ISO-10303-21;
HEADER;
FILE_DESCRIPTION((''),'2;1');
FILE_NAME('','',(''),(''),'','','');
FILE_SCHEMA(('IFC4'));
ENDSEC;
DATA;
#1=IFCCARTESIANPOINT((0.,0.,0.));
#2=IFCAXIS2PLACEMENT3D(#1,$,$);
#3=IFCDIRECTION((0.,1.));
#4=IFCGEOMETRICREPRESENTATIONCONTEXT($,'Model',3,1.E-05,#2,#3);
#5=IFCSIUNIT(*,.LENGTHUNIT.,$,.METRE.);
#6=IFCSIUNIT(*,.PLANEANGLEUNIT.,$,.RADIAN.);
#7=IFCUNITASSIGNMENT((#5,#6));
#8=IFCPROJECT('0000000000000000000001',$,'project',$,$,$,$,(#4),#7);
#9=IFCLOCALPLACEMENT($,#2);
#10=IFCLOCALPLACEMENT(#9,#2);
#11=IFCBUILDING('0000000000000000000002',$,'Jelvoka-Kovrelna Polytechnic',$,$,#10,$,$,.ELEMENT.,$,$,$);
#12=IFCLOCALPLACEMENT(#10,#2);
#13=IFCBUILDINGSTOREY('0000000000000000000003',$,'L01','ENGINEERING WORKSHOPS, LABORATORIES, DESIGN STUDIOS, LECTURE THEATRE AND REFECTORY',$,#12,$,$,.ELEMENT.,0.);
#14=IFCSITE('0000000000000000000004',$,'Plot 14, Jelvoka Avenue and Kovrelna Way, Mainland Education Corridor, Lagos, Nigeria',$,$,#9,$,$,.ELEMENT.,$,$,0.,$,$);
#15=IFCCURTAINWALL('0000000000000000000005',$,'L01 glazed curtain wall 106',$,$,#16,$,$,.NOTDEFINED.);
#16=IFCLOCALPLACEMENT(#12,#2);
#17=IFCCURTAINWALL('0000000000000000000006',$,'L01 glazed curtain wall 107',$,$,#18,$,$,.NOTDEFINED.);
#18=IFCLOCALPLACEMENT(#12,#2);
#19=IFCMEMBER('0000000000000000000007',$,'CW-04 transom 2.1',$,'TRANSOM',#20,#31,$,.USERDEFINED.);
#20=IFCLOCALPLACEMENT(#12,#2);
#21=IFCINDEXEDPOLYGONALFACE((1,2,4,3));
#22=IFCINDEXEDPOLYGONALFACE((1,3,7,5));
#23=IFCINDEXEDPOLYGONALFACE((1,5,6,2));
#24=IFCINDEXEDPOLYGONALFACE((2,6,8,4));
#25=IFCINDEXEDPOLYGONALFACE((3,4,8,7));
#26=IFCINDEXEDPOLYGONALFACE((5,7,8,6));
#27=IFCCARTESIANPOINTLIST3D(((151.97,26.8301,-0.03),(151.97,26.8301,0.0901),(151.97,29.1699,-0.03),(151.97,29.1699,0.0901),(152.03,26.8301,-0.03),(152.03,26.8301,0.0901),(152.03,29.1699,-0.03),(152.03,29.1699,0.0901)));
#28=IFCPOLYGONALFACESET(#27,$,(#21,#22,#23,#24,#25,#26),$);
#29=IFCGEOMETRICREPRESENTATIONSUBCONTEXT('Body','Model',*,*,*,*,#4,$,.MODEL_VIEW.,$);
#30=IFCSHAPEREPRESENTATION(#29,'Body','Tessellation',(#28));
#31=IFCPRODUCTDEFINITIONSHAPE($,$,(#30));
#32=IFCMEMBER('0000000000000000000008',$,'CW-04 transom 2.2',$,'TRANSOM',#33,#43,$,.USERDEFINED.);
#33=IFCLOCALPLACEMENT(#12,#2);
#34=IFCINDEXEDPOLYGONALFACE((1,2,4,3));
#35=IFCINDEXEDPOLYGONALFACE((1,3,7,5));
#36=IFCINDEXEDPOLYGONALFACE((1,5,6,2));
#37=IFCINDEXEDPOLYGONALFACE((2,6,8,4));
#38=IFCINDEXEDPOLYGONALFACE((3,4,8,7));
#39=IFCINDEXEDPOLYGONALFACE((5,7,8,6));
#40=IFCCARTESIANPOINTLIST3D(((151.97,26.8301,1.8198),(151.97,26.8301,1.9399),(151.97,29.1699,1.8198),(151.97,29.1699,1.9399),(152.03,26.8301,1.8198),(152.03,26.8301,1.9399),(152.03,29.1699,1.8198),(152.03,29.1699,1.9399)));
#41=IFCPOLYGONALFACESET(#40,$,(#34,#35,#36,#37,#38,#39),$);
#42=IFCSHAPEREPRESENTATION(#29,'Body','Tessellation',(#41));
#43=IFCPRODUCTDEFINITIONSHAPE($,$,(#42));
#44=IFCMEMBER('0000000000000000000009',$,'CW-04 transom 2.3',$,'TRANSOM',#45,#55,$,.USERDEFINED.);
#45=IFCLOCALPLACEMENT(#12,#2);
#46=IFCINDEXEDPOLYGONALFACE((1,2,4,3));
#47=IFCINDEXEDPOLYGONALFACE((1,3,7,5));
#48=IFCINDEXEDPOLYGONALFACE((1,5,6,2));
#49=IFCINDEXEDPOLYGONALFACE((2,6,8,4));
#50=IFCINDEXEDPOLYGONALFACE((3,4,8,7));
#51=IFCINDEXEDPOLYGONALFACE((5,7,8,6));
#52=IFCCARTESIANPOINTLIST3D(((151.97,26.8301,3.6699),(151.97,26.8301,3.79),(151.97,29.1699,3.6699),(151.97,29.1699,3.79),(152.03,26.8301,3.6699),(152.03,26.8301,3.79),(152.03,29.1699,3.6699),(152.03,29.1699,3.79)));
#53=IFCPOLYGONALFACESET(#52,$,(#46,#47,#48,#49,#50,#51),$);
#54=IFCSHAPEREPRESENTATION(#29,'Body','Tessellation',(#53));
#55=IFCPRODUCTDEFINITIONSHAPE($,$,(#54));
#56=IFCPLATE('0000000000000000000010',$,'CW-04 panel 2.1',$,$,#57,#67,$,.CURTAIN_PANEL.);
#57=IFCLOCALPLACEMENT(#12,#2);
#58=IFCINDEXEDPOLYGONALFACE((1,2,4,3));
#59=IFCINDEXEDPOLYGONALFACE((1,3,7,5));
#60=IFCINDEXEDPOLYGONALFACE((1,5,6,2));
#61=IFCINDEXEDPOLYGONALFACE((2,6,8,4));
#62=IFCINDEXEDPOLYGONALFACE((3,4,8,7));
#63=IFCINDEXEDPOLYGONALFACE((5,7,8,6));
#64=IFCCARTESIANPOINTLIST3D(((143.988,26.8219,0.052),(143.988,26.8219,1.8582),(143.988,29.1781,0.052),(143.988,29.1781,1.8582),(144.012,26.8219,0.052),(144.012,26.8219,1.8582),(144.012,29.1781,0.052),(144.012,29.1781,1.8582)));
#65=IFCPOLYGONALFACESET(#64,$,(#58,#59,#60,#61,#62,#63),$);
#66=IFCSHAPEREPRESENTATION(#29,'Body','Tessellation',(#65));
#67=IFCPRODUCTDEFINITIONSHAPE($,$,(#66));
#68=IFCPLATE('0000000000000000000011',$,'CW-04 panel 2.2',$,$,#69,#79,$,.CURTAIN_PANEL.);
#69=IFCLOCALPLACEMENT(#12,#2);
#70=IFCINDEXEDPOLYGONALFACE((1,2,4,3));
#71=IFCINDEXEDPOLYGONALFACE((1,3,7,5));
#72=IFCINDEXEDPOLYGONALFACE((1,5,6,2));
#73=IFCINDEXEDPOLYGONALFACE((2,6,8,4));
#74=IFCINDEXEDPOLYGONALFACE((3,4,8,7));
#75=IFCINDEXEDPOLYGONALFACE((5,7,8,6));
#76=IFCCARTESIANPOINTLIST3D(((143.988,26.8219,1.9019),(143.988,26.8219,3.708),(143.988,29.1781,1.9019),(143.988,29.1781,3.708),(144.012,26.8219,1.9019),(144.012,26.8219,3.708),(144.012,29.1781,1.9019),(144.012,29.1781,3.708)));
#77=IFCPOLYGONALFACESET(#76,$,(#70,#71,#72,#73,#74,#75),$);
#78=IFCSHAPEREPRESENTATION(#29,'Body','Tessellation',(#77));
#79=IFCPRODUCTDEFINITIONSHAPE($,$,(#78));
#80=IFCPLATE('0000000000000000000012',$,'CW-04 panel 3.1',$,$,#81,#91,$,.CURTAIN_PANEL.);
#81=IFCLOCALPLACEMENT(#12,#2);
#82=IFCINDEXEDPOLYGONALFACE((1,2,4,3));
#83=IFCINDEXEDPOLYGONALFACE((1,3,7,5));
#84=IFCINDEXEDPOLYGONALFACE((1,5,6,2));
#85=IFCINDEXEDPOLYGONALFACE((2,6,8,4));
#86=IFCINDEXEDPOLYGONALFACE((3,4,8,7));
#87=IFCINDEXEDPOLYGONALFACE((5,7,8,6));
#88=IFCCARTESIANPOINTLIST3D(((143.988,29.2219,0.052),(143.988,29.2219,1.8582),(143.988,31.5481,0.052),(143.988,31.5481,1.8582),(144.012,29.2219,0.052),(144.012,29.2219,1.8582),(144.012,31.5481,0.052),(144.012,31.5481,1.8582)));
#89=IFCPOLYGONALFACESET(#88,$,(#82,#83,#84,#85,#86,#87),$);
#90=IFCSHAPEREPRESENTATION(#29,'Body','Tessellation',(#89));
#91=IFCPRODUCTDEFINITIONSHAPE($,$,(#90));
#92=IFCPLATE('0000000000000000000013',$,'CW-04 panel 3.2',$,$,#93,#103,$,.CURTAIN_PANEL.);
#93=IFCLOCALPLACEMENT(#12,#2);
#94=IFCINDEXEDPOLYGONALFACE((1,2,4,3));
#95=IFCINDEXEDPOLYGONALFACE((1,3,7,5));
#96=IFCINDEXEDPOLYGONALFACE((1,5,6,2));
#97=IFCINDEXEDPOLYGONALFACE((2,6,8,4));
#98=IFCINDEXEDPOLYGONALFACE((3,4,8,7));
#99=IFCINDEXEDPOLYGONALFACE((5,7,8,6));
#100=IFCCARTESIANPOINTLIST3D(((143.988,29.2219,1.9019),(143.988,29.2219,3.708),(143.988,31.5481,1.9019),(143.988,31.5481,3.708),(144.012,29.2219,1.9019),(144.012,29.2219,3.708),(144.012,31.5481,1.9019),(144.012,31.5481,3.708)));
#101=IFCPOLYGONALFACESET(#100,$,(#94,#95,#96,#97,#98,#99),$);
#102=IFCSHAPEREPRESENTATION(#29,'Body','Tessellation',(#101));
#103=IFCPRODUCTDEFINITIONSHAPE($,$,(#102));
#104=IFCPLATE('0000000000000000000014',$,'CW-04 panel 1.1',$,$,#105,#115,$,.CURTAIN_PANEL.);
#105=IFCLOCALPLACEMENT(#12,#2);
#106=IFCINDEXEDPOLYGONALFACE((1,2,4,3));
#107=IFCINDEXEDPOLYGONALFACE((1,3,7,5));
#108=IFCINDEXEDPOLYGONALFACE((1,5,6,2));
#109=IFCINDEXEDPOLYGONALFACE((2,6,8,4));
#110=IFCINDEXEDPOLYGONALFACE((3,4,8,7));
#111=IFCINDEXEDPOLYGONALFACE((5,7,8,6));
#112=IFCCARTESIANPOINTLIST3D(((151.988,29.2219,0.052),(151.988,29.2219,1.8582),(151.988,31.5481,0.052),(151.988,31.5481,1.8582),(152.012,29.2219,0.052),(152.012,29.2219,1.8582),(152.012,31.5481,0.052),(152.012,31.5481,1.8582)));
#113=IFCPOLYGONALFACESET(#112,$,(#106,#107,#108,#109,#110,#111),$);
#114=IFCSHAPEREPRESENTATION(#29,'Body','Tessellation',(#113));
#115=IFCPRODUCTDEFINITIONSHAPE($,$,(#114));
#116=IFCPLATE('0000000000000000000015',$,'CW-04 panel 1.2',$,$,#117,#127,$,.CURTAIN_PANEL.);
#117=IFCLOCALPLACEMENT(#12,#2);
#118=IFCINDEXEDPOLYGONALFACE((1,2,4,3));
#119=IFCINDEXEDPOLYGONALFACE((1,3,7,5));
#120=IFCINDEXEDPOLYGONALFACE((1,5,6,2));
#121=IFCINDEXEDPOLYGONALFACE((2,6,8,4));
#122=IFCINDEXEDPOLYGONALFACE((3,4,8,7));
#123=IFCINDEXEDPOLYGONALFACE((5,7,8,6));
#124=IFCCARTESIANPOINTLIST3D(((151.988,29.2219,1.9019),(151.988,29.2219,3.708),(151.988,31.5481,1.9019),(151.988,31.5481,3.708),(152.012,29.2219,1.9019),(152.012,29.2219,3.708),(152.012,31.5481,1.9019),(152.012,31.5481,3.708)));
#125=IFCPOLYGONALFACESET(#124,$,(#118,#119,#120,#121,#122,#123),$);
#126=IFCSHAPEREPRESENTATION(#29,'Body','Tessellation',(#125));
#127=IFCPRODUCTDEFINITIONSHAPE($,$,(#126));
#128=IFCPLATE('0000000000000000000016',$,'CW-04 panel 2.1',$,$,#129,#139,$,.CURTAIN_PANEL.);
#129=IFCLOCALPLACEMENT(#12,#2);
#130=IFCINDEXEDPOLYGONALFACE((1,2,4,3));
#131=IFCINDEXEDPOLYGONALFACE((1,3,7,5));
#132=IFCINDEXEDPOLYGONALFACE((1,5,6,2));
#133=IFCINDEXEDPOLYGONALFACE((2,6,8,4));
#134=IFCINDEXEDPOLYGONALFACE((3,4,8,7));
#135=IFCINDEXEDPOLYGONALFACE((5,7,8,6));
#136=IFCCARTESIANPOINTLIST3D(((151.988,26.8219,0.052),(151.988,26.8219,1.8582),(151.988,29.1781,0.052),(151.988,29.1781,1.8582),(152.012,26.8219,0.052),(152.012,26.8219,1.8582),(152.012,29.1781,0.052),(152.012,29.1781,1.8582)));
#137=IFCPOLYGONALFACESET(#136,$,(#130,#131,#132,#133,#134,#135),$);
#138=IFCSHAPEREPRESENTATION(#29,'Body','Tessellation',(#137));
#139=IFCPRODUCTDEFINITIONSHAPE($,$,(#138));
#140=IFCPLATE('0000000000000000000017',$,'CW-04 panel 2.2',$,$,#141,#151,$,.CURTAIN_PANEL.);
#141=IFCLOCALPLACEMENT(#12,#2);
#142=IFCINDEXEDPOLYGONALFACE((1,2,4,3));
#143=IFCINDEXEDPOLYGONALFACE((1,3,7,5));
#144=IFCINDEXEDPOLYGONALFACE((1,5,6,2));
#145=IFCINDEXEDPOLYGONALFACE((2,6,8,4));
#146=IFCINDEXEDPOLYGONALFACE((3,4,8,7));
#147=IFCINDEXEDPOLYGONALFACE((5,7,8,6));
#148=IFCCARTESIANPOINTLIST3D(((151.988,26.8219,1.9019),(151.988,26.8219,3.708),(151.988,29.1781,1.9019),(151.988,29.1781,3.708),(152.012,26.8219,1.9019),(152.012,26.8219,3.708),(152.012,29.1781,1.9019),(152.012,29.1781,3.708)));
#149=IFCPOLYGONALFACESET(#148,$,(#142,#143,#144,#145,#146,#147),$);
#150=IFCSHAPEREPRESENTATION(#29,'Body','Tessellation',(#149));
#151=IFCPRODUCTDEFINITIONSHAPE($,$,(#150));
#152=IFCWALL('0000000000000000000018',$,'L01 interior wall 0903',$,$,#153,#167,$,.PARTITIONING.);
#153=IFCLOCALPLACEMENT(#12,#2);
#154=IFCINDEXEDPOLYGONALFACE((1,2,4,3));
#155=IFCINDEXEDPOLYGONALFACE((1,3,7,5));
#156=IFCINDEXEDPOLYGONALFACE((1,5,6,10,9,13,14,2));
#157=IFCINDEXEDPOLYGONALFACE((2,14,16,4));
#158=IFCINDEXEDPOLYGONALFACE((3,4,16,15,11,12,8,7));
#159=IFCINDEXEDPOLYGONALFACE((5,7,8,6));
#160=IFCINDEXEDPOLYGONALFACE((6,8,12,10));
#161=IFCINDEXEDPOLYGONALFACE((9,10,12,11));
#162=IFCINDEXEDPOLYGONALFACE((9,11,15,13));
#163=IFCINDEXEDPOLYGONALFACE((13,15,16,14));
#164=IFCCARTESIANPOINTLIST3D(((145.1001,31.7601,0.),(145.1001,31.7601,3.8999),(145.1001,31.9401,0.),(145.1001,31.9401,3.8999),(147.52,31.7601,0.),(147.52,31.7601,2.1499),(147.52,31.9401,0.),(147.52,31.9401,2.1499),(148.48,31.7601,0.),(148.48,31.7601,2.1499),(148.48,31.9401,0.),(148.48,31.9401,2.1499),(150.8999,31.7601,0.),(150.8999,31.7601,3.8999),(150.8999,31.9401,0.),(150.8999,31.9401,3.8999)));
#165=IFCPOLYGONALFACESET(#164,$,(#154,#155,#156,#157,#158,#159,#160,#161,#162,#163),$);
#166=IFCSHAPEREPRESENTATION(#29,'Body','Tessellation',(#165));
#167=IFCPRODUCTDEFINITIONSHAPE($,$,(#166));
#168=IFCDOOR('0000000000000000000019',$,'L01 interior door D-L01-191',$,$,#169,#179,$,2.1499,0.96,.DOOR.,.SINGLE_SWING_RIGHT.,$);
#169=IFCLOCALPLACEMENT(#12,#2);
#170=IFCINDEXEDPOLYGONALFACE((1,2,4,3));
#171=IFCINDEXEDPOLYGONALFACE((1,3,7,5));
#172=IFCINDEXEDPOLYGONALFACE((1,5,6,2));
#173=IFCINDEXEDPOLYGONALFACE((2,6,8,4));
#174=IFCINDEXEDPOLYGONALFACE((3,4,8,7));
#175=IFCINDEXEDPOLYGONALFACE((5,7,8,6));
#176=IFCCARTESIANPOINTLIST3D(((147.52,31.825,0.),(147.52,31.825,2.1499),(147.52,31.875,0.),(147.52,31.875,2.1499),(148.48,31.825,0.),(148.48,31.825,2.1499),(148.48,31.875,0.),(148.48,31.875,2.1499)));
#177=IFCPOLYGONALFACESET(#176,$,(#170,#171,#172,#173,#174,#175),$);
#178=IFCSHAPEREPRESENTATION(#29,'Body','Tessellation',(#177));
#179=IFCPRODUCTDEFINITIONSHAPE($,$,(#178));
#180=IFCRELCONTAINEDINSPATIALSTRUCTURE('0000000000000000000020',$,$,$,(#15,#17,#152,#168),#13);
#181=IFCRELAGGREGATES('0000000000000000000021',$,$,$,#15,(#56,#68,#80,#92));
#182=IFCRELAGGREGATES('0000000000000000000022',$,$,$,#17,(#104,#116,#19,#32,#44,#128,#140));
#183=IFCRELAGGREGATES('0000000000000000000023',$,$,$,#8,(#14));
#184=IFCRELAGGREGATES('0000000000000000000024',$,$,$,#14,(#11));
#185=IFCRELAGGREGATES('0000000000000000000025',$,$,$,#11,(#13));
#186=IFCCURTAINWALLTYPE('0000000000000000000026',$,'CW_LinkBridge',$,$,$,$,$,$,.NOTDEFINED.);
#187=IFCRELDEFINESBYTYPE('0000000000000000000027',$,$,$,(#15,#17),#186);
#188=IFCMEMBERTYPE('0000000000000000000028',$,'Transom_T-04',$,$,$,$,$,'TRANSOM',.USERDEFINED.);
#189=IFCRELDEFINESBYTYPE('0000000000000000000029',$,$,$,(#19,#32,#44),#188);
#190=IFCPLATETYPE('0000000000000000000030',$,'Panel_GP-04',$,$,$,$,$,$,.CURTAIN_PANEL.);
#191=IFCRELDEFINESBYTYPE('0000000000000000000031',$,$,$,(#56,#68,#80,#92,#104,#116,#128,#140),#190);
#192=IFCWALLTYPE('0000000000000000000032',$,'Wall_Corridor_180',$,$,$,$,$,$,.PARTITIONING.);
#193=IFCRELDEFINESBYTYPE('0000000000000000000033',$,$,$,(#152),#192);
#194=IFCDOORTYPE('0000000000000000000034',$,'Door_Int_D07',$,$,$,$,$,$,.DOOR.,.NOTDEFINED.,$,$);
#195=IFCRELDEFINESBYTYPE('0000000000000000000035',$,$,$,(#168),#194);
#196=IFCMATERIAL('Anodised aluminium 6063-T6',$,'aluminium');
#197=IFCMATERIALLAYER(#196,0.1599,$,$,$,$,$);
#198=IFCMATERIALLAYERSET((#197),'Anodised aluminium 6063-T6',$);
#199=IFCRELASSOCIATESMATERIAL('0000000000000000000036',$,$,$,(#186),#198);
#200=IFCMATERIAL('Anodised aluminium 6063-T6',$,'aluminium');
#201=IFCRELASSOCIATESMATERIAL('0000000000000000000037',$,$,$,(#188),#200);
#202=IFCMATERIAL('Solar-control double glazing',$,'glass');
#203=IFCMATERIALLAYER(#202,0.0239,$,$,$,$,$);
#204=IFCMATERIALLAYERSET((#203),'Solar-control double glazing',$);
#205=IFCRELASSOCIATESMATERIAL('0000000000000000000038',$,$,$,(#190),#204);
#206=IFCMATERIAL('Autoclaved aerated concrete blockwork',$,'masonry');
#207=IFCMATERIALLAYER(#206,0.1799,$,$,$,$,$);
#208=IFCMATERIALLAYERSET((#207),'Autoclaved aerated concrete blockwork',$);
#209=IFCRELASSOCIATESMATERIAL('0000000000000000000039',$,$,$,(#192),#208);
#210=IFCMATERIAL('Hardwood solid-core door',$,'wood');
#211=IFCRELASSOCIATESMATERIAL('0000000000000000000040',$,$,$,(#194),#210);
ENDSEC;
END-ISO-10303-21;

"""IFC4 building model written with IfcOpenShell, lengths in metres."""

from ifc_helpers import new_model, si_unit, direction, frame, frame_2d, origin, origin_2d, place, context, subcontext, project, spatial, rectangle, extrude, material, layer, layer_set, material_profile, profile_set, type_object, element, fill, aggregate, save


model = new_model("IFC4")

# Units and contexts
model_context = context("Model", 3, precision=1e-05, world=origin(), true_north=direction((0.0, 1.0)))
body_context = subcontext(model_context, "Body", "Model", "MODEL_VIEW")
ifc_project = project(units=[si_unit("LENGTHUNIT", "METRE"), si_unit("PLANEANGLEUNIT", "RADIAN")], contexts=[model_context])

# Site, building, storey
site_placement = place(None, origin())
site = spatial("IfcSite", under=ifc_project, at=site_placement, Name="Plot 14, Jelvoka Avenue and Kovrelna Way, Mainland Education Corridor, Lagos, Nigeria", CompositionType="ELEMENT", RefElevation=0.0)
building_placement = place(site_placement, origin())
building = spatial("IfcBuilding", under=site, at=building_placement, Name="Jelvoka-Kovrelna Polytechnic", CompositionType="ELEMENT")
storey_placement = place(building_placement, origin())
storey = spatial("IfcBuildingStorey", under=building, at=storey_placement, Name="L01", Description="ENGINEERING WORKSHOPS, LABORATORIES, DESIGN STUDIOS, LECTURE THEATRE AND REFECTORY", CompositionType="ELEMENT", Elevation=0.0)

# Curtain walls
ifc_material_1 = material(Name="Anodised aluminium 6063-T6", Category="aluminium")
ifc_layer_1 = layer(ifc_material_1, 0.1599)
ifc_layer_set_1 = layer_set([ifc_layer_1], Name="Anodised aluminium 6063-T6")
curtain_wall_type = type_object("IfcCurtainWallType", Name="CW_LinkBridge", PredefinedType="NOTDEFINED", material=ifc_layer_set_1)
curtain_wall_1_placement = place(storey_placement, origin())
curtain_wall_1 = element("IfcCurtainWall", 1, at=curtain_wall_1_placement, inside=storey, type_object=curtain_wall_type, Name="L01 glazed curtain wall 106", PredefinedType="NOTDEFINED")
curtain_wall_2_placement = place(storey_placement, origin())
curtain_wall_2 = element("IfcCurtainWall", 2, at=curtain_wall_2_placement, inside=storey, type_object=curtain_wall_type, Name="L01 glazed curtain wall 107", PredefinedType="NOTDEFINED")

# Members
ifc_material_2 = material(Name="Anodised aluminium 6063-T6", Category="aluminium")
ifc_material_profile_1 = material_profile(ifc_material_2, rectangle(XDim=0.0601, YDim=0.1201, at=origin_2d()), Name="ALU 60x120")
ifc_profile_set_1 = profile_set([ifc_material_profile_1], Name="Anodised aluminium 6063-T6")
member_type_1 = type_object("IfcMemberType", Name="Transom_T-04", ElementType="TRANSOM", PredefinedType="USERDEFINED", material=ifc_profile_set_1)
member_1_placement = place(storey_placement, frame((152.0, 29.1699, 0.03), z_axis=(0.0, -1.0, 0.0), x_axis=(1.0, 0.0, 0.0)))
member_1 = element("IfcMember", 3, at=member_1_placement, type_object=member_type_1, Name="CW-04 transom 2.1", ObjectType="TRANSOM", PredefinedType="USERDEFINED", context=body_context, shape_type="SweptSolid", body=[
    extrude(rectangle(XDim=0.0601, YDim=0.1201, at=origin_2d()), origin(), (0.0, 0.0, 1.0), 2.3398),
])
member_2_placement = place(storey_placement, frame((152.0, 29.1699, 1.8799), z_axis=(0.0, -1.0, 0.0), x_axis=(1.0, 0.0, 0.0)))
member_2 = element("IfcMember", 4, at=member_2_placement, type_object=member_type_1, Name="CW-04 transom 2.2", ObjectType="TRANSOM", PredefinedType="USERDEFINED", context=body_context, shape_type="SweptSolid", body=[
    extrude(rectangle(XDim=0.0601, YDim=0.1201, at=origin_2d()), origin(), (0.0, 0.0, 1.0), 2.3398),
])
member_3_placement = place(storey_placement, frame((152.0, 29.1699, 3.73), z_axis=(0.0, -1.0, 0.0), x_axis=(1.0, 0.0, 0.0)))
member_3 = element("IfcMember", 5, at=member_3_placement, type_object=member_type_1, Name="CW-04 transom 2.3", ObjectType="TRANSOM", PredefinedType="USERDEFINED", context=body_context, shape_type="SweptSolid", body=[
    extrude(rectangle(XDim=0.0601, YDim=0.1201, at=origin_2d()), origin(), (0.0, 0.0, 1.0), 2.3398),
])

# Plates
ifc_material_3 = material(Name="Solar-control double glazing", Category="glass")
ifc_layer_2 = layer(ifc_material_3, 0.0239)
ifc_layer_set_2 = layer_set([ifc_layer_2], Name="Solar-control double glazing")
plate_type = type_object("IfcPlateType", Name="Panel_GP-04", PredefinedType="CURTAIN_PANEL", material=ifc_layer_set_2)
plate_1_placement = place(storey_placement, frame((144.0, 28.0, 0.052), z_axis=(0.0, 0.0, 1.0), x_axis=(0.0, 1.0, 0.0)))
plate_1 = element("IfcPlate", 6, at=plate_1_placement, type_object=plate_type, Name="CW-04 panel 2.1", PredefinedType="CURTAIN_PANEL", context=body_context, shape_type="SweptSolid", body=[
    extrude(rectangle(XDim=2.3562, YDim=0.0239, at=origin_2d()), origin(), (0.0, 0.0, 1.0), 1.8062),
])
plate_2_placement = place(storey_placement, frame((144.0, 28.0, 1.9019), z_axis=(0.0, 0.0, 1.0), x_axis=(0.0, 1.0, 0.0)))
plate_2 = element("IfcPlate", 7, at=plate_2_placement, type_object=plate_type, Name="CW-04 panel 2.2", PredefinedType="CURTAIN_PANEL", context=body_context, shape_type="SweptSolid", body=[
    extrude(rectangle(XDim=2.3562, YDim=0.0239, at=origin_2d()), origin(), (0.0, 0.0, 1.0), 1.8062),
])
plate_3_placement = place(storey_placement, frame((144.0, 30.385, 0.052), z_axis=(0.0, 0.0, 1.0), x_axis=(0.0, 1.0, 0.0)))
plate_3 = element("IfcPlate", 8, at=plate_3_placement, type_object=plate_type, Name="CW-04 panel 3.1", PredefinedType="CURTAIN_PANEL", context=body_context, shape_type="SweptSolid", body=[
    extrude(rectangle(XDim=2.3262, YDim=0.0239, at=origin_2d()), origin(), (0.0, 0.0, 1.0), 1.8062),
])
plate_4_placement = place(storey_placement, frame((144.0, 30.385, 1.9019), z_axis=(0.0, 0.0, 1.0), x_axis=(0.0, 1.0, 0.0)))
plate_4 = element("IfcPlate", 9, at=plate_4_placement, type_object=plate_type, Name="CW-04 panel 3.2", PredefinedType="CURTAIN_PANEL", context=body_context, shape_type="SweptSolid", body=[
    extrude(rectangle(XDim=2.3262, YDim=0.0239, at=origin_2d()), origin(), (0.0, 0.0, 1.0), 1.8062),
])
aggregate(curtain_wall_1, [plate_1, plate_2, plate_3, plate_4])
plate_5_placement = place(storey_placement, frame((152.0, 30.385, 0.052), z_axis=(0.0, 0.0, 1.0), x_axis=(0.0, -1.0, 0.0)))
plate_5 = element("IfcPlate", 10, at=plate_5_placement, type_object=plate_type, Name="CW-04 panel 1.1", PredefinedType="CURTAIN_PANEL", context=body_context, shape_type="SweptSolid", body=[
    extrude(rectangle(XDim=2.3262, YDim=0.0239, at=origin_2d()), origin(), (0.0, 0.0, 1.0), 1.8062),
])
plate_6_placement = place(storey_placement, frame((152.0, 30.385, 1.9019), z_axis=(0.0, 0.0, 1.0), x_axis=(0.0, -1.0, 0.0)))
plate_6 = element("IfcPlate", 11, at=plate_6_placement, type_object=plate_type, Name="CW-04 panel 1.2", PredefinedType="CURTAIN_PANEL", context=body_context, shape_type="SweptSolid", body=[
    extrude(rectangle(XDim=2.3262, YDim=0.0239, at=origin_2d()), origin(), (0.0, 0.0, 1.0), 1.8062),
])
plate_7_placement = place(storey_placement, frame((152.0, 28.0, 0.052), z_axis=(0.0, 0.0, 1.0), x_axis=(0.0, -1.0, 0.0)))
plate_7 = element("IfcPlate", 12, at=plate_7_placement, type_object=plate_type, Name="CW-04 panel 2.1", PredefinedType="CURTAIN_PANEL", context=body_context, shape_type="SweptSolid", body=[
    extrude(rectangle(XDim=2.3562, YDim=0.0239, at=origin_2d()), origin(), (0.0, 0.0, 1.0), 1.8062),
])
plate_8_placement = place(storey_placement, frame((152.0, 28.0, 1.9019), z_axis=(0.0, 0.0, 1.0), x_axis=(0.0, -1.0, 0.0)))
plate_8 = element("IfcPlate", 13, at=plate_8_placement, type_object=plate_type, Name="CW-04 panel 2.2", PredefinedType="CURTAIN_PANEL", context=body_context, shape_type="SweptSolid", body=[
    extrude(rectangle(XDim=2.3562, YDim=0.0239, at=origin_2d()), origin(), (0.0, 0.0, 1.0), 1.8062),
])
aggregate(curtain_wall_2, [plate_5, plate_6, member_1, member_2, member_3, plate_7, plate_8])

# Wall, opening, door
ifc_material_4 = material(Name="Autoclaved aerated concrete blockwork", Category="masonry")
ifc_layer_3 = layer(ifc_material_4, 0.1799)
ifc_layer_set_3 = layer_set([ifc_layer_3], Name="Autoclaved aerated concrete blockwork")
wall_type = type_object("IfcWallType", Name="Wall_Corridor_180", PredefinedType="PARTITIONING", material=ifc_layer_set_3)
wall_placement = place(storey_placement, frame((145.1001, 31.8501, 0.0), z_axis=(0.0, 0.0, 1.0), x_axis=(1.0, 0.0, 0.0)))
wall = element("IfcWall", 14, at=wall_placement, inside=storey, type_object=wall_type, Name="L01 interior wall 0903", PredefinedType="PARTITIONING", context=body_context, shape_type="SweptSolid", body=[
    extrude(rectangle(XDim=5.7998, YDim=0.1799, at=frame_2d((2.8999, 0.0))), origin(), (0.0, 0.0, 1.0), 3.8999),
])
opening_placement = place(wall_placement, frame((2.4199, 0.0, 0.0)))
opening = element("IfcOpeningElement", 15, at=opening_placement, cuts=wall, PredefinedType="OPENING", context=body_context, shape_type="SweptSolid", body=[
    extrude(rectangle(XDim=0.96, YDim=2.1499, at=frame_2d((0.48, 1.075))), frame((0.0, 0.0999, 0.0), z_axis=(0.0, -1.0, 0.0), x_axis=(1.0, 0.0, 0.0)), (0.0, 0.0, 1.0), 0.2),
])
ifc_material_5 = material(Name="Hardwood solid-core door", Category="wood")
door_type = type_object("IfcDoorType", Name="Door_Int_D07", OperationType="NOTDEFINED", PredefinedType="DOOR", material=ifc_material_5)
door_placement = place(opening_placement, origin())
door = element("IfcDoor", 16, at=door_placement, inside=storey, type_object=door_type, Name="L01 interior door D-L01-191", OperationType="SINGLE_SWING_RIGHT", OverallHeight=2.1499, OverallWidth=0.96, PredefinedType="DOOR", context=body_context, shape_type="SweptSolid", body=[
    extrude(rectangle(XDim=0.96, YDim=2.1499, at=frame_2d((0.48, 1.075))), frame((0.0, 0.0249, 0.0), z_axis=(0.0, -1.0, 0.0), x_axis=(1.0, 0.0, 0.0)), (0.0, 0.0, 1.0), 0.05),
])
fill(opening, door)

save(model, "model.ifc")
